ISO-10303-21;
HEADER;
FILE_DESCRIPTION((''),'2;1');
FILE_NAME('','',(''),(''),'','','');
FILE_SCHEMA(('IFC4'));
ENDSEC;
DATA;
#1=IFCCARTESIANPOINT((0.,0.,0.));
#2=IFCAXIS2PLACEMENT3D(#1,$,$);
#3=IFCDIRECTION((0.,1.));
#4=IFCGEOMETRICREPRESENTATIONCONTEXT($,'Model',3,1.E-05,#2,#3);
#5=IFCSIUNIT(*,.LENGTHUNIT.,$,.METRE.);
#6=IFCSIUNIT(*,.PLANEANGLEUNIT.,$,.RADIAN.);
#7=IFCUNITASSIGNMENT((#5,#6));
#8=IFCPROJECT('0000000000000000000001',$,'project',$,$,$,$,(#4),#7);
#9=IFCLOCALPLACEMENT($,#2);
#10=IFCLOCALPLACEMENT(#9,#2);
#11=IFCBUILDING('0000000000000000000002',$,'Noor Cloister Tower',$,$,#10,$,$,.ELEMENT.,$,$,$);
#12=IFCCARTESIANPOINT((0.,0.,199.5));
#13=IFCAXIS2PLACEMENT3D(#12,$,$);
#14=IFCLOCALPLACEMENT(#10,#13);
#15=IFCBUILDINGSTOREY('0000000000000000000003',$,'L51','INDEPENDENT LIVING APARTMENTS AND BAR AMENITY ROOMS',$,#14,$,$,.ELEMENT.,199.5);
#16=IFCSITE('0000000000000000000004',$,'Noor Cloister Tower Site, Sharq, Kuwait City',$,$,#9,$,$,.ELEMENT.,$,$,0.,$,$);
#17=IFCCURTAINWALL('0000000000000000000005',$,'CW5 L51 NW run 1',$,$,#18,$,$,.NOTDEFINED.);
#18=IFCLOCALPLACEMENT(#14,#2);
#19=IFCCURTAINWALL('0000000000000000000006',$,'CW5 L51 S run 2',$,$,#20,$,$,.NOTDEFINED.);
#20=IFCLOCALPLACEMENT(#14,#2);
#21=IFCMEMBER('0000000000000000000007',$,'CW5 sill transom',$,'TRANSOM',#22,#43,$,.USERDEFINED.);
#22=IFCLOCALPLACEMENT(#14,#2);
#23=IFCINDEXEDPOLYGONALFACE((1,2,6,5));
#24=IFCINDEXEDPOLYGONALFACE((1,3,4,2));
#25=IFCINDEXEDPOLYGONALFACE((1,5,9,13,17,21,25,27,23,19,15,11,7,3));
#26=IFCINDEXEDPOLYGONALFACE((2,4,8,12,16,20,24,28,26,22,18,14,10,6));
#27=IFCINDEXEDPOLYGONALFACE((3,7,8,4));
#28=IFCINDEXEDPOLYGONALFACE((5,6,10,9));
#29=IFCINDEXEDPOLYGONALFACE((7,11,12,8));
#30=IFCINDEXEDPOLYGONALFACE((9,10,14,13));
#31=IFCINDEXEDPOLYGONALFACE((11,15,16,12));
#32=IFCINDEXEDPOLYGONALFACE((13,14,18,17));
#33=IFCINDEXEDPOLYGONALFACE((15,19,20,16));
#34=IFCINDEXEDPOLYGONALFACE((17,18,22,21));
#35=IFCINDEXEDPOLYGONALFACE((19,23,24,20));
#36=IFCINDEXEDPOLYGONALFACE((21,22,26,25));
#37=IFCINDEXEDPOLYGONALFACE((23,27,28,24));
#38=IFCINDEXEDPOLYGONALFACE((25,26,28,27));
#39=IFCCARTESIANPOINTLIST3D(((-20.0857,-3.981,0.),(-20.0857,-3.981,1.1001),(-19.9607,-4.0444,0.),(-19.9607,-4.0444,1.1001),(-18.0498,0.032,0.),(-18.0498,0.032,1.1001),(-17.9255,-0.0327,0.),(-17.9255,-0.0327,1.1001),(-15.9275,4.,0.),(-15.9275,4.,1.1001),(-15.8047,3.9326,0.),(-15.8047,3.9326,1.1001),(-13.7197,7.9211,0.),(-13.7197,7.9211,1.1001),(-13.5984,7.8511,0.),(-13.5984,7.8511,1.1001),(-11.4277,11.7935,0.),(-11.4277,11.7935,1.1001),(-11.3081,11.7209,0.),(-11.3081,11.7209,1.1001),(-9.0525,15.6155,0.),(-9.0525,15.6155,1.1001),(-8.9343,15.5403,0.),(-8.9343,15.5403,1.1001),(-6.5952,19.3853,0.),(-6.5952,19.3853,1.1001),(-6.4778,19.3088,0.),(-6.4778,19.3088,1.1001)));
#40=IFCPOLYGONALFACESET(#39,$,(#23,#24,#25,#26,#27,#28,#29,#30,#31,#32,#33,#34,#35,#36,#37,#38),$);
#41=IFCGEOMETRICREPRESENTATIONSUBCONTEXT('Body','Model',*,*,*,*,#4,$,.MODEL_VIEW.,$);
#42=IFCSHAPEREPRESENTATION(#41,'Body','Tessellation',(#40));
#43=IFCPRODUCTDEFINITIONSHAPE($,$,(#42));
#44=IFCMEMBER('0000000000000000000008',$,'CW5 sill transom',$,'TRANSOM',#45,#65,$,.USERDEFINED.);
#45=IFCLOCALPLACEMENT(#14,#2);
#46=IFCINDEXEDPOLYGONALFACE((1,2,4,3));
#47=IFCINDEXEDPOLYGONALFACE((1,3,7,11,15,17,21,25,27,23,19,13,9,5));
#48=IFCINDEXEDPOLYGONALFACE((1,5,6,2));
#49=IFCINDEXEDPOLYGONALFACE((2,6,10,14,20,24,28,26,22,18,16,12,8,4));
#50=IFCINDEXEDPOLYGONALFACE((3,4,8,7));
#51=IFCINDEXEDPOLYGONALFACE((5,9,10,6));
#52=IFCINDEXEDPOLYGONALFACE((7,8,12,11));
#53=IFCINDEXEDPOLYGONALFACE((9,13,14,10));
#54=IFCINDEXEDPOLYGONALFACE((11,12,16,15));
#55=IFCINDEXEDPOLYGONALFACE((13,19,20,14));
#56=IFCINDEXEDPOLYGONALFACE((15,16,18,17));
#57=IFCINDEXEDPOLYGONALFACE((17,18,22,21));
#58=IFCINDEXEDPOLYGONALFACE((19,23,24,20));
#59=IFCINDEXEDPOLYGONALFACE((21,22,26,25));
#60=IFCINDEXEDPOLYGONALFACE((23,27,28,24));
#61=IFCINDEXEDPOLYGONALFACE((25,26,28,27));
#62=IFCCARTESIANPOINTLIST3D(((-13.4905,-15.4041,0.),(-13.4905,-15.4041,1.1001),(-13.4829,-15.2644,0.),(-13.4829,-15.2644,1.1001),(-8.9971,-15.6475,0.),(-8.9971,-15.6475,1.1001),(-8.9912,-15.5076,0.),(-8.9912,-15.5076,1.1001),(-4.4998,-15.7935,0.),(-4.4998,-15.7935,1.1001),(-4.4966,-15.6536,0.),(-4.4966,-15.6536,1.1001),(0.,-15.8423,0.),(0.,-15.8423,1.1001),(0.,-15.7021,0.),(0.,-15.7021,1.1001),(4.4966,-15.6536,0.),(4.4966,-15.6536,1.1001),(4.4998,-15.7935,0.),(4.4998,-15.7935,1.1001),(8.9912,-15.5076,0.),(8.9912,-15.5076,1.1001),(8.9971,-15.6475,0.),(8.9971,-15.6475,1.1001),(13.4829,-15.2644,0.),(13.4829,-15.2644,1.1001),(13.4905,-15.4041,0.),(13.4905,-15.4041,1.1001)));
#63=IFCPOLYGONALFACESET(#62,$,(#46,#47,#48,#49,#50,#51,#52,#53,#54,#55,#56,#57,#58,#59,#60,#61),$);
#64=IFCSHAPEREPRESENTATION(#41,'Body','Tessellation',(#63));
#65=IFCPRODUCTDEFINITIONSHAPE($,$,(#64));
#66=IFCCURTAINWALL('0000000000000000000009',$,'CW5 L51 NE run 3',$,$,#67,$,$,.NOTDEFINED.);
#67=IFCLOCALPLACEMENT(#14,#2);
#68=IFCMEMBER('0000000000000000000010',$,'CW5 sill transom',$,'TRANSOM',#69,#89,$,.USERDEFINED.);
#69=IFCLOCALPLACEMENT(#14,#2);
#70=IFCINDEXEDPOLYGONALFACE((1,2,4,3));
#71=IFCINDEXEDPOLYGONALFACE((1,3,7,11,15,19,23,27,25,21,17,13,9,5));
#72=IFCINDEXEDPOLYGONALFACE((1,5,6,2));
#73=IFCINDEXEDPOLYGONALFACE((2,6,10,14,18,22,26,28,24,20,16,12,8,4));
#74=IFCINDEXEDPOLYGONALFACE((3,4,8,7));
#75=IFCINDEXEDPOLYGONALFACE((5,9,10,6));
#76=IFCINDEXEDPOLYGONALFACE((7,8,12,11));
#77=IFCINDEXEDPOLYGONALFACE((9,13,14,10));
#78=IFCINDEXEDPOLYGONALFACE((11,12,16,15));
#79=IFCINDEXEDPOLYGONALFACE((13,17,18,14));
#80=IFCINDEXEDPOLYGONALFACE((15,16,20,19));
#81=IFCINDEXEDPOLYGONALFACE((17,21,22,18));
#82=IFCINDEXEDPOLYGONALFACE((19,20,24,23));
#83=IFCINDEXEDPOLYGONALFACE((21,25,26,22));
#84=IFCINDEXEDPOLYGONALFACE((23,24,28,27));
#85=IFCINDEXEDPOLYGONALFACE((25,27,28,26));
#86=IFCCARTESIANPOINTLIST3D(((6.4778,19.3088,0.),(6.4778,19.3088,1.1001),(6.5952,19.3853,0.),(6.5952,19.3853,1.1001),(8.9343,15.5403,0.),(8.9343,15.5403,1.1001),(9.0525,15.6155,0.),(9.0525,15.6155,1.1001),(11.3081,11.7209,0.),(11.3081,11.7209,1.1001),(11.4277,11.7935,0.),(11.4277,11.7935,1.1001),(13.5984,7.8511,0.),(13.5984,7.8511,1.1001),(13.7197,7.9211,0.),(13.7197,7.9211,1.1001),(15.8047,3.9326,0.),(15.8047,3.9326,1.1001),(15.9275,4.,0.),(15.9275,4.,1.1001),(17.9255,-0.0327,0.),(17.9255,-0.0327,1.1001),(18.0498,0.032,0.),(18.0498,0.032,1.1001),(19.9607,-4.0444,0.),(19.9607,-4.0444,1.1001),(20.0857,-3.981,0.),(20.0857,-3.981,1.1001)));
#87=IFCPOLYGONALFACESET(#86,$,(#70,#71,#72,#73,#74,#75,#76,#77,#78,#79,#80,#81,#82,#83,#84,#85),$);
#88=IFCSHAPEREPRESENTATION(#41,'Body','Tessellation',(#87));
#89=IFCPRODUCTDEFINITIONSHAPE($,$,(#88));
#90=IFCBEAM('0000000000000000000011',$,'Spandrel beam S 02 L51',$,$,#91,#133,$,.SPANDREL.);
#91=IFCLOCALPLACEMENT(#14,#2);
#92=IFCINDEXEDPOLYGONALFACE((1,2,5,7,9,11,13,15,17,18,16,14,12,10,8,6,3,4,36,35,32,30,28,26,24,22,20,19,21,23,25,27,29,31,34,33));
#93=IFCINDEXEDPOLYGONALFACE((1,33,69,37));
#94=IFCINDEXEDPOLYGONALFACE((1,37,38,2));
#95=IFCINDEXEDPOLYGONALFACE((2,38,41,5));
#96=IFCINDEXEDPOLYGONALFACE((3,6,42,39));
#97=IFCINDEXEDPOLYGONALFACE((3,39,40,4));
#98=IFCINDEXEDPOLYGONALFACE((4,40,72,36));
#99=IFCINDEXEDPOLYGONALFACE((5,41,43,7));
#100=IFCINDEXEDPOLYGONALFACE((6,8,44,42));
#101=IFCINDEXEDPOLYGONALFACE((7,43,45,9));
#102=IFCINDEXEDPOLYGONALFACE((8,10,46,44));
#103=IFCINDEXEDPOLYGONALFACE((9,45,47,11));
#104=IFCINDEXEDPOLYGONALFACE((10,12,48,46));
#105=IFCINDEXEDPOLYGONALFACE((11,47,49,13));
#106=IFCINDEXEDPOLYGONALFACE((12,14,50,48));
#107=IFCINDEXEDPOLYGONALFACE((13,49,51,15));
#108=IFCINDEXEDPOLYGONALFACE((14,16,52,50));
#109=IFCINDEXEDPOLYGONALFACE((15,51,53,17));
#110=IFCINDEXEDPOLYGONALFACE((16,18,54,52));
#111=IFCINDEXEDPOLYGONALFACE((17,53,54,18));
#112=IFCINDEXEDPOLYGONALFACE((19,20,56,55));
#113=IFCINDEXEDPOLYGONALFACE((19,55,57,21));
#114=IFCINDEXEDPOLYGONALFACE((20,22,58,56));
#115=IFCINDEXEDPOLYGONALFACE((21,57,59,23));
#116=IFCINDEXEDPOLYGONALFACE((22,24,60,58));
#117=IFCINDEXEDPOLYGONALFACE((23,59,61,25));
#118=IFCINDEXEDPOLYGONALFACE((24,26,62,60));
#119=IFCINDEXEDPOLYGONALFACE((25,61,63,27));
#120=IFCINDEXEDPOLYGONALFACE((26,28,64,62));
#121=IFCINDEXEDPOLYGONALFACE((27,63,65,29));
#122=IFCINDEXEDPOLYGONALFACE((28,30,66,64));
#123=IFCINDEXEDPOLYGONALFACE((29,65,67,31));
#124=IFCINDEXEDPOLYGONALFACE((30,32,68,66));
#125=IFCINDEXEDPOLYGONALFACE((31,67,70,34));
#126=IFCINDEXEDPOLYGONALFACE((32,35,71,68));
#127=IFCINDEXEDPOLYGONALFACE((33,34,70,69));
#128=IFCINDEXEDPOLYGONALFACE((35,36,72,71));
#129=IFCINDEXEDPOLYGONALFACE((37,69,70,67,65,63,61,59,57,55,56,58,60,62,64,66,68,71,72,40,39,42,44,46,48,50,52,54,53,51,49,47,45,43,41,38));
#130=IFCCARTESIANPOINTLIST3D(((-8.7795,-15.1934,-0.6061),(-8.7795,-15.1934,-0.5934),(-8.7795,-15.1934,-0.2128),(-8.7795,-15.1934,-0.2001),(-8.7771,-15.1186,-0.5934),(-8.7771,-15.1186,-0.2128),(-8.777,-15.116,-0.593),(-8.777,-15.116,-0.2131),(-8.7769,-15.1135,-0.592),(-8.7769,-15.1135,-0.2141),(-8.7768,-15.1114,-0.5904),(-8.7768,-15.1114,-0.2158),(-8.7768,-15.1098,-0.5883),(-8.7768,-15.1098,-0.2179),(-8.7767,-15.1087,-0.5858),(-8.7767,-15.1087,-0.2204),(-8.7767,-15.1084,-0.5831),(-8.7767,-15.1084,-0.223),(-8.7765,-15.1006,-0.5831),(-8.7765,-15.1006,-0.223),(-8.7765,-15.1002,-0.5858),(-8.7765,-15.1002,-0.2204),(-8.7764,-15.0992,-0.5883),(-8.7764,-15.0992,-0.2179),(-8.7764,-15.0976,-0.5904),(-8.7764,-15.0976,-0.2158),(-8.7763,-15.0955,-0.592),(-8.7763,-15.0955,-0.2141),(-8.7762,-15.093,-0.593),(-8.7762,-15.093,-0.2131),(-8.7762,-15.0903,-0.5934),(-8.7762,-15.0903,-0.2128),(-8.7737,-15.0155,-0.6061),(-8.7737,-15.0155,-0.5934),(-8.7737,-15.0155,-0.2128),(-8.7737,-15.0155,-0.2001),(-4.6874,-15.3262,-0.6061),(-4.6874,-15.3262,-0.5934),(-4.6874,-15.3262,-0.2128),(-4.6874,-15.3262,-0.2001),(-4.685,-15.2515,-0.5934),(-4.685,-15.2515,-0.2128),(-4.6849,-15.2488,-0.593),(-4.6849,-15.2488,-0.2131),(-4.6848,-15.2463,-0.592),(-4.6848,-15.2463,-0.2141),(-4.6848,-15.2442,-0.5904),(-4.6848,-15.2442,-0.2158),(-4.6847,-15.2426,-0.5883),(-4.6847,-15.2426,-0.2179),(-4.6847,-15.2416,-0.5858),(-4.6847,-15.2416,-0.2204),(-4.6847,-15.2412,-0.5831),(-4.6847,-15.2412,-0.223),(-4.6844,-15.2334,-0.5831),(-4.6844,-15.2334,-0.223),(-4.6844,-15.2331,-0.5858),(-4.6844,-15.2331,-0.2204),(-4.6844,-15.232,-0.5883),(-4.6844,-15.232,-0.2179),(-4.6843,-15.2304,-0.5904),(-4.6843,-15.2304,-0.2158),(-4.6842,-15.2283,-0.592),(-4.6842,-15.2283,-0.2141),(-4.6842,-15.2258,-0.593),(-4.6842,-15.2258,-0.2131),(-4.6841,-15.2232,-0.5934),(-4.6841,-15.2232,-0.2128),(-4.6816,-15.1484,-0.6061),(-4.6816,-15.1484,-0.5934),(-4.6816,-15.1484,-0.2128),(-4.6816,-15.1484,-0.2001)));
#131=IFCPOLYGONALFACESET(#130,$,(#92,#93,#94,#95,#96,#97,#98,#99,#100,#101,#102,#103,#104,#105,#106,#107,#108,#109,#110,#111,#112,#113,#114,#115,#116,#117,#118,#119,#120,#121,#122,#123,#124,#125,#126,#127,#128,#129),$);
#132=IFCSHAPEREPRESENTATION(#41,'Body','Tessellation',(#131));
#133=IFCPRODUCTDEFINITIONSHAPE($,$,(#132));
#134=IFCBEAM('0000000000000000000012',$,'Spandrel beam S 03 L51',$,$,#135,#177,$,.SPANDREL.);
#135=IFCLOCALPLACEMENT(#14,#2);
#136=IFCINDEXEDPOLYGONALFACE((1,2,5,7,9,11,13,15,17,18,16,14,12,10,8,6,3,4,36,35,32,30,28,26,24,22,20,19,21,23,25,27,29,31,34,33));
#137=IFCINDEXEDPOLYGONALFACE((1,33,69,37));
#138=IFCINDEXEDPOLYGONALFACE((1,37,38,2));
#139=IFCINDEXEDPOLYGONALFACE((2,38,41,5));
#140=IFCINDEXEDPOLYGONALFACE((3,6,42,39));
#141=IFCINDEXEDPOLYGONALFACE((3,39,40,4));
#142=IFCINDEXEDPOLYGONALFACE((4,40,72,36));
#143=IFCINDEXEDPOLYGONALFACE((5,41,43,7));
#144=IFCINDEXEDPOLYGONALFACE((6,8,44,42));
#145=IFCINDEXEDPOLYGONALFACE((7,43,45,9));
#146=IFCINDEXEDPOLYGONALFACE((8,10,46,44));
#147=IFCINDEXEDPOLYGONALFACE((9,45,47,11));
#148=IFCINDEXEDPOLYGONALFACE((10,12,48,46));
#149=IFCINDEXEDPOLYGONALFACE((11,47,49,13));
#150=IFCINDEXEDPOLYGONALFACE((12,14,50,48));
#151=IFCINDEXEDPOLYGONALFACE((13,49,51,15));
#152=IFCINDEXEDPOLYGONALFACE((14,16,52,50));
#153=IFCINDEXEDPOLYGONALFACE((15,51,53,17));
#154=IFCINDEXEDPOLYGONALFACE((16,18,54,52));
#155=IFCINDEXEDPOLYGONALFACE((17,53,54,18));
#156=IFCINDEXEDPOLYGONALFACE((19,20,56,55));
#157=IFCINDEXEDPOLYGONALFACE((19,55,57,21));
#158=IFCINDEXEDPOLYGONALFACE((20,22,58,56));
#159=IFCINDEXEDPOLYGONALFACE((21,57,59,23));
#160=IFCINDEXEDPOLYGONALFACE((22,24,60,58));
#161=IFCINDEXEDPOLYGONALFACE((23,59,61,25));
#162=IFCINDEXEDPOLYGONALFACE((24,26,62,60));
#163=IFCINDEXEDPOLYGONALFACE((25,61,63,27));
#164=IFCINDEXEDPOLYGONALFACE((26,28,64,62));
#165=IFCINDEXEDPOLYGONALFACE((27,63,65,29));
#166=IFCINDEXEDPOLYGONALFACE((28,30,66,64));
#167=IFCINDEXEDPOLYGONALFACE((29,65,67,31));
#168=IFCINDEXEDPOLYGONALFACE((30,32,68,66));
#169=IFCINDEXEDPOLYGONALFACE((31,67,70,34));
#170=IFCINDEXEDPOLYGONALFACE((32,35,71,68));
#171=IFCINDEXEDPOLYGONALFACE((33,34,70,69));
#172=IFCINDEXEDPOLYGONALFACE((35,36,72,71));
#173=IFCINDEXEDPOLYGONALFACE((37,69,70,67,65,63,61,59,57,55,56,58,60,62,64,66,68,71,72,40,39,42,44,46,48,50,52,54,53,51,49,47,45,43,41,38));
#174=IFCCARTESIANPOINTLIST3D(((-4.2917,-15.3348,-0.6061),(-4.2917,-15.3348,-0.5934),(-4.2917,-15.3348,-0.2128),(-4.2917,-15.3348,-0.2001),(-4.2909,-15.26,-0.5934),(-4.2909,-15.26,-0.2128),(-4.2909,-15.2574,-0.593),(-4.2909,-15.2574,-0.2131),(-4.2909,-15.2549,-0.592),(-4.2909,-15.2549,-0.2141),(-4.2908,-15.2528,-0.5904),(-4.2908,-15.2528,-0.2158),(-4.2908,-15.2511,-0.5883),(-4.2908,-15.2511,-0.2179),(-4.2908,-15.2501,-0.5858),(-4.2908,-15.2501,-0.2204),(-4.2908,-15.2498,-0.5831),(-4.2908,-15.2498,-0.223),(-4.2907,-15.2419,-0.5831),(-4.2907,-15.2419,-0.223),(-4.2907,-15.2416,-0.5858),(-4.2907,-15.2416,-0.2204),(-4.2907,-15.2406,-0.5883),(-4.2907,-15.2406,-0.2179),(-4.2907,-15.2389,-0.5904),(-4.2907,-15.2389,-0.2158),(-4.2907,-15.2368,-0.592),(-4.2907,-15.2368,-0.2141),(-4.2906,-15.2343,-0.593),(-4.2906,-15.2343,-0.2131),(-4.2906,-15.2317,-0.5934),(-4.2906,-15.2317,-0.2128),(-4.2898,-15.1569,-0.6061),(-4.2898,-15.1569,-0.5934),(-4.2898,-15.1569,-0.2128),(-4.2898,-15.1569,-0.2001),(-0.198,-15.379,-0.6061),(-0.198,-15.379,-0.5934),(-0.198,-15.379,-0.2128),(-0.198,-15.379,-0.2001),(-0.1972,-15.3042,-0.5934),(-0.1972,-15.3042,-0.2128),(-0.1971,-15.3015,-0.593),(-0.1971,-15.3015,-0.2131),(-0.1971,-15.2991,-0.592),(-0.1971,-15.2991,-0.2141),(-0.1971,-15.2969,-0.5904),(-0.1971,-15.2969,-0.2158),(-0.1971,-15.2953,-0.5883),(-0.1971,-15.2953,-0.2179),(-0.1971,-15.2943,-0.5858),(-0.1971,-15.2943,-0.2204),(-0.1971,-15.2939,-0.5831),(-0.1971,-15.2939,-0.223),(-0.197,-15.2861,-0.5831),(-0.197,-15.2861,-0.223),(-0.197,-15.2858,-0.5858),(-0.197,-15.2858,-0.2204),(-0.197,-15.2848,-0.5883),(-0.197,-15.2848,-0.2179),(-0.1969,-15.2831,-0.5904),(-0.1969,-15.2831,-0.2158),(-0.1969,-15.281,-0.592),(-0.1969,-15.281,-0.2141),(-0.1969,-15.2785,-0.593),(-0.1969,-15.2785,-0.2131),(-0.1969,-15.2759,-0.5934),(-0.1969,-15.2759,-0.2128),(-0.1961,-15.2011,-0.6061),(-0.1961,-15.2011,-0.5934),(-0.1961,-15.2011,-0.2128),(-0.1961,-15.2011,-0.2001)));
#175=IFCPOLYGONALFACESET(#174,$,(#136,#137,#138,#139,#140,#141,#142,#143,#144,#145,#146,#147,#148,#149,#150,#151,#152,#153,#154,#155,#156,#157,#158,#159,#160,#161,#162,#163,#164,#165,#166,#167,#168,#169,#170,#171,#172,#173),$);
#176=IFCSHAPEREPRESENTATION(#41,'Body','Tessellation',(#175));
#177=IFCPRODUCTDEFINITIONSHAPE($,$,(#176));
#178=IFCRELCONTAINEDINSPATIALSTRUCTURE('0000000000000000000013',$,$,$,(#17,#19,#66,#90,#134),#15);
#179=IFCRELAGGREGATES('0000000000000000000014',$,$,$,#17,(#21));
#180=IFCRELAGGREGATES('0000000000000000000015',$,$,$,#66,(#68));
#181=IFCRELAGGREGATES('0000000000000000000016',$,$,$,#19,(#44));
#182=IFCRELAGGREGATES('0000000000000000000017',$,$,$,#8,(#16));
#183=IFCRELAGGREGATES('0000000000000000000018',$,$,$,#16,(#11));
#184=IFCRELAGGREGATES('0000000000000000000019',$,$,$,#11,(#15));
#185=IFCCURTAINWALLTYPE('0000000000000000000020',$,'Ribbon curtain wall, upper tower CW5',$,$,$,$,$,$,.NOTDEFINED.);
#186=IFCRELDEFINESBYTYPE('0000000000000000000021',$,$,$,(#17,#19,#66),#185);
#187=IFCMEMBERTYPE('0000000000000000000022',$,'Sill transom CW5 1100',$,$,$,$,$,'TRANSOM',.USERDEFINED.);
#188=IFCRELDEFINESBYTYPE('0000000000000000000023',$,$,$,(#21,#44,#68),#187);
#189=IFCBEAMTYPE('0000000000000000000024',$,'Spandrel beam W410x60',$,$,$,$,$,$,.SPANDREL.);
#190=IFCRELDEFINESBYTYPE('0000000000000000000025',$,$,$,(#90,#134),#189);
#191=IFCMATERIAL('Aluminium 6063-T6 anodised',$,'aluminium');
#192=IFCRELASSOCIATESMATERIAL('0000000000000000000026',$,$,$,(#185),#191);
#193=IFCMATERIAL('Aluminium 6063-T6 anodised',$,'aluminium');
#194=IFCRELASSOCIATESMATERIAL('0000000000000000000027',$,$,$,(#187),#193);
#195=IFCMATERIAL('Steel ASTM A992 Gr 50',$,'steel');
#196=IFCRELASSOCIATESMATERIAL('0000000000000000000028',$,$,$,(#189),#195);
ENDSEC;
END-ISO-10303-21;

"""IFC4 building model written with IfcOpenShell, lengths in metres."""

from ifc_helpers import new_model, si_unit, direction, frame, origin, origin_2d, place, context, subcontext, project, spatial, polyline, i_section, outline, extrude, material, material_profile, profile_set, type_object, element, aggregate, save


model = new_model("IFC4")

# Units and contexts
model_context = context("Model", 3, precision=1e-05, world=origin(), true_north=direction((0.0, 1.0)))
body_context = subcontext(model_context, "Body", "Model", "MODEL_VIEW")
ifc_project = project(units=[si_unit("LENGTHUNIT", "METRE"), si_unit("PLANEANGLEUNIT", "RADIAN")], contexts=[model_context])

# Site, building, storey
site_placement = place(None, origin())
site = spatial("IfcSite", under=ifc_project, at=site_placement, Name="Noor Cloister Tower Site, Sharq, Kuwait City", CompositionType="ELEMENT", RefElevation=0.0)
building_placement = place(site_placement, origin())
building = spatial("IfcBuilding", under=site, at=building_placement, Name="Noor Cloister Tower", CompositionType="ELEMENT")
storey_placement = place(building_placement, frame((0.0, 0.0, 199.5)))
storey = spatial("IfcBuildingStorey", under=building, at=storey_placement, Name="L51", Description="INDEPENDENT LIVING APARTMENTS AND BAR AMENITY ROOMS", CompositionType="ELEMENT", Elevation=199.5)

# Curtain wall
ifc_material_1 = material(Name="Aluminium 6063-T6 anodised", Category="aluminium")
curtain_wall_type = type_object("IfcCurtainWallType", Name="Ribbon curtain wall, upper tower CW5", PredefinedType="NOTDEFINED", material=ifc_material_1)
curtain_wall_1_placement = place(storey_placement, origin())
curtain_wall_1 = element("IfcCurtainWall", 1, at=curtain_wall_1_placement, inside=storey, type_object=curtain_wall_type, Name="CW5 L51 NW run 1", PredefinedType="NOTDEFINED")

# Curtain wall
curtain_wall_2_placement = place(storey_placement, origin())
curtain_wall_2 = element("IfcCurtainWall", 2, at=curtain_wall_2_placement, inside=storey, type_object=curtain_wall_type, Name="CW5 L51 S run 2", PredefinedType="NOTDEFINED")

# Members
ifc_material_2 = material(Name="Aluminium 6063-T6 anodised", Category="aluminium")
member_type_1 = type_object("IfcMemberType", Name="Sill transom CW5 1100", ElementType="TRANSOM", PredefinedType="USERDEFINED", material=ifc_material_2)
member_1_placement = place(storey_placement, origin())
member_1 = element("IfcMember", 3, at=member_1_placement, type_object=member_type_1, Name="CW5 sill transom", ObjectType="TRANSOM", PredefinedType="USERDEFINED", context=body_context, shape_type="SweptSolid", body=[
    extrude(outline(polyline([(-6.5952, 19.3853), (-9.0525, 15.6155), (-11.4277, 11.7935), (-13.7197, 7.9211), (-15.9275, 4.0), (-18.0498, 0.032), (-20.0857, -3.981), (-19.9607, -4.0444), (-17.9255, -0.0327), (-15.8047, 3.9326), (-13.5984, 7.8511), (-11.3081, 11.7209), (-8.9343, 15.5403), (-6.4778, 19.3088), (-6.5952, 19.3853)])), origin(), (0.0, 0.0, 1.0), 1.1001),
])
aggregate(curtain_wall_1, [member_1])
member_2_placement = place(storey_placement, origin())
member_2 = element("IfcMember", 4, at=member_2_placement, type_object=member_type_1, Name="CW5 sill transom", ObjectType="TRANSOM", PredefinedType="USERDEFINED", context=body_context, shape_type="SweptSolid", body=[
    extrude(outline(polyline([(-13.4905, -15.4041), (-8.9971, -15.6475), (-4.4998, -15.7935), (0.0, -15.8423), (4.4998, -15.7935), (8.9971, -15.6475), (13.4905, -15.4041), (13.4829, -15.2644), (8.9912, -15.5076), (4.4966, -15.6536), (0.0, -15.7021), (-4.4966, -15.6536), (-8.9912, -15.5076), (-13.4829, -15.2644), (-13.4905, -15.4041)])), origin(), (0.0, 0.0, 1.0), 1.1001),
])

# Curtain wall, member
curtain_wall_3_placement = place(storey_placement, origin())
curtain_wall_3 = element("IfcCurtainWall", 5, at=curtain_wall_3_placement, inside=storey, type_object=curtain_wall_type, Name="CW5 L51 NE run 3", PredefinedType="NOTDEFINED")
member_3_placement = place(storey_placement, origin())
member_3 = element("IfcMember", 6, at=member_3_placement, type_object=member_type_1, Name="CW5 sill transom", ObjectType="TRANSOM", PredefinedType="USERDEFINED", context=body_context, shape_type="SweptSolid", body=[
    extrude(outline(polyline([(20.0857, -3.981), (18.0498, 0.032), (15.9275, 4.0), (13.7197, 7.9211), (11.4277, 11.7935), (9.0525, 15.6155), (6.5952, 19.3853), (6.4778, 19.3088), (8.9343, 15.5403), (11.3081, 11.7209), (13.5984, 7.8511), (15.8047, 3.9326), (17.9255, -0.0327), (19.9607, -4.0444), (20.0857, -3.981)])), origin(), (0.0, 0.0, 1.0), 1.1001),
])
aggregate(curtain_wall_3, [member_3])

# Beams
ifc_material_3 = material(Name="Steel ASTM A992 Gr 50", Category="steel")
ifc_material_profile_1 = material_profile(ifc_material_3, i_section(OverallWidth=0.178, OverallDepth=0.406, WebThickness=0.0078, FlangeThickness=0.0127, FilletRadius=0.0103, at=origin_2d()), Name="W410x60")
ifc_profile_set_1 = profile_set([ifc_material_profile_1], Name="Steel ASTM A992 Gr 50")
beam_type_1 = type_object("IfcBeamType", Name="Spandrel beam W410x60", PredefinedType="SPANDREL", material=ifc_profile_set_1)
beam_1_placement = place(storey_placement, frame((-8.7766, -15.1045, -0.4031), z_axis=(0.999474, -0.032439, 0.0), x_axis=(0.032439, 0.999474, 0.0)))
element("IfcBeam", 7, at=beam_1_placement, inside=storey, type_object=beam_type_1, Name="Spandrel beam S 02 L51", PredefinedType="SPANDREL", context=body_context, shape_type="SweptSolid", body=[
    extrude(i_section(OverallWidth=0.178, OverallDepth=0.406, WebThickness=0.0078, FlangeThickness=0.0127, FilletRadius=0.0103, at=origin_2d()), origin(), (0.0, 0.0, 1.0), 4.0942),
])
beam_2_placement = place(storey_placement, frame((-4.2908, -15.2458, -0.4031), z_axis=(0.999942, -0.010794, 0.0), x_axis=(0.010794, 0.999942, 0.0)))
element("IfcBeam", 8, at=beam_2_placement, inside=storey, type_object=beam_type_1, Name="Spandrel beam S 03 L51", PredefinedType="SPANDREL", context=body_context, shape_type="SweptSolid", body=[
    extrude(i_section(OverallWidth=0.178, OverallDepth=0.406, WebThickness=0.0078, FlangeThickness=0.0127, FilletRadius=0.0103, at=origin_2d()), origin(), (0.0, 0.0, 1.0), 4.094),
])

aggregate(curtain_wall_2, [member_2])

save(model, "model.ifc")
